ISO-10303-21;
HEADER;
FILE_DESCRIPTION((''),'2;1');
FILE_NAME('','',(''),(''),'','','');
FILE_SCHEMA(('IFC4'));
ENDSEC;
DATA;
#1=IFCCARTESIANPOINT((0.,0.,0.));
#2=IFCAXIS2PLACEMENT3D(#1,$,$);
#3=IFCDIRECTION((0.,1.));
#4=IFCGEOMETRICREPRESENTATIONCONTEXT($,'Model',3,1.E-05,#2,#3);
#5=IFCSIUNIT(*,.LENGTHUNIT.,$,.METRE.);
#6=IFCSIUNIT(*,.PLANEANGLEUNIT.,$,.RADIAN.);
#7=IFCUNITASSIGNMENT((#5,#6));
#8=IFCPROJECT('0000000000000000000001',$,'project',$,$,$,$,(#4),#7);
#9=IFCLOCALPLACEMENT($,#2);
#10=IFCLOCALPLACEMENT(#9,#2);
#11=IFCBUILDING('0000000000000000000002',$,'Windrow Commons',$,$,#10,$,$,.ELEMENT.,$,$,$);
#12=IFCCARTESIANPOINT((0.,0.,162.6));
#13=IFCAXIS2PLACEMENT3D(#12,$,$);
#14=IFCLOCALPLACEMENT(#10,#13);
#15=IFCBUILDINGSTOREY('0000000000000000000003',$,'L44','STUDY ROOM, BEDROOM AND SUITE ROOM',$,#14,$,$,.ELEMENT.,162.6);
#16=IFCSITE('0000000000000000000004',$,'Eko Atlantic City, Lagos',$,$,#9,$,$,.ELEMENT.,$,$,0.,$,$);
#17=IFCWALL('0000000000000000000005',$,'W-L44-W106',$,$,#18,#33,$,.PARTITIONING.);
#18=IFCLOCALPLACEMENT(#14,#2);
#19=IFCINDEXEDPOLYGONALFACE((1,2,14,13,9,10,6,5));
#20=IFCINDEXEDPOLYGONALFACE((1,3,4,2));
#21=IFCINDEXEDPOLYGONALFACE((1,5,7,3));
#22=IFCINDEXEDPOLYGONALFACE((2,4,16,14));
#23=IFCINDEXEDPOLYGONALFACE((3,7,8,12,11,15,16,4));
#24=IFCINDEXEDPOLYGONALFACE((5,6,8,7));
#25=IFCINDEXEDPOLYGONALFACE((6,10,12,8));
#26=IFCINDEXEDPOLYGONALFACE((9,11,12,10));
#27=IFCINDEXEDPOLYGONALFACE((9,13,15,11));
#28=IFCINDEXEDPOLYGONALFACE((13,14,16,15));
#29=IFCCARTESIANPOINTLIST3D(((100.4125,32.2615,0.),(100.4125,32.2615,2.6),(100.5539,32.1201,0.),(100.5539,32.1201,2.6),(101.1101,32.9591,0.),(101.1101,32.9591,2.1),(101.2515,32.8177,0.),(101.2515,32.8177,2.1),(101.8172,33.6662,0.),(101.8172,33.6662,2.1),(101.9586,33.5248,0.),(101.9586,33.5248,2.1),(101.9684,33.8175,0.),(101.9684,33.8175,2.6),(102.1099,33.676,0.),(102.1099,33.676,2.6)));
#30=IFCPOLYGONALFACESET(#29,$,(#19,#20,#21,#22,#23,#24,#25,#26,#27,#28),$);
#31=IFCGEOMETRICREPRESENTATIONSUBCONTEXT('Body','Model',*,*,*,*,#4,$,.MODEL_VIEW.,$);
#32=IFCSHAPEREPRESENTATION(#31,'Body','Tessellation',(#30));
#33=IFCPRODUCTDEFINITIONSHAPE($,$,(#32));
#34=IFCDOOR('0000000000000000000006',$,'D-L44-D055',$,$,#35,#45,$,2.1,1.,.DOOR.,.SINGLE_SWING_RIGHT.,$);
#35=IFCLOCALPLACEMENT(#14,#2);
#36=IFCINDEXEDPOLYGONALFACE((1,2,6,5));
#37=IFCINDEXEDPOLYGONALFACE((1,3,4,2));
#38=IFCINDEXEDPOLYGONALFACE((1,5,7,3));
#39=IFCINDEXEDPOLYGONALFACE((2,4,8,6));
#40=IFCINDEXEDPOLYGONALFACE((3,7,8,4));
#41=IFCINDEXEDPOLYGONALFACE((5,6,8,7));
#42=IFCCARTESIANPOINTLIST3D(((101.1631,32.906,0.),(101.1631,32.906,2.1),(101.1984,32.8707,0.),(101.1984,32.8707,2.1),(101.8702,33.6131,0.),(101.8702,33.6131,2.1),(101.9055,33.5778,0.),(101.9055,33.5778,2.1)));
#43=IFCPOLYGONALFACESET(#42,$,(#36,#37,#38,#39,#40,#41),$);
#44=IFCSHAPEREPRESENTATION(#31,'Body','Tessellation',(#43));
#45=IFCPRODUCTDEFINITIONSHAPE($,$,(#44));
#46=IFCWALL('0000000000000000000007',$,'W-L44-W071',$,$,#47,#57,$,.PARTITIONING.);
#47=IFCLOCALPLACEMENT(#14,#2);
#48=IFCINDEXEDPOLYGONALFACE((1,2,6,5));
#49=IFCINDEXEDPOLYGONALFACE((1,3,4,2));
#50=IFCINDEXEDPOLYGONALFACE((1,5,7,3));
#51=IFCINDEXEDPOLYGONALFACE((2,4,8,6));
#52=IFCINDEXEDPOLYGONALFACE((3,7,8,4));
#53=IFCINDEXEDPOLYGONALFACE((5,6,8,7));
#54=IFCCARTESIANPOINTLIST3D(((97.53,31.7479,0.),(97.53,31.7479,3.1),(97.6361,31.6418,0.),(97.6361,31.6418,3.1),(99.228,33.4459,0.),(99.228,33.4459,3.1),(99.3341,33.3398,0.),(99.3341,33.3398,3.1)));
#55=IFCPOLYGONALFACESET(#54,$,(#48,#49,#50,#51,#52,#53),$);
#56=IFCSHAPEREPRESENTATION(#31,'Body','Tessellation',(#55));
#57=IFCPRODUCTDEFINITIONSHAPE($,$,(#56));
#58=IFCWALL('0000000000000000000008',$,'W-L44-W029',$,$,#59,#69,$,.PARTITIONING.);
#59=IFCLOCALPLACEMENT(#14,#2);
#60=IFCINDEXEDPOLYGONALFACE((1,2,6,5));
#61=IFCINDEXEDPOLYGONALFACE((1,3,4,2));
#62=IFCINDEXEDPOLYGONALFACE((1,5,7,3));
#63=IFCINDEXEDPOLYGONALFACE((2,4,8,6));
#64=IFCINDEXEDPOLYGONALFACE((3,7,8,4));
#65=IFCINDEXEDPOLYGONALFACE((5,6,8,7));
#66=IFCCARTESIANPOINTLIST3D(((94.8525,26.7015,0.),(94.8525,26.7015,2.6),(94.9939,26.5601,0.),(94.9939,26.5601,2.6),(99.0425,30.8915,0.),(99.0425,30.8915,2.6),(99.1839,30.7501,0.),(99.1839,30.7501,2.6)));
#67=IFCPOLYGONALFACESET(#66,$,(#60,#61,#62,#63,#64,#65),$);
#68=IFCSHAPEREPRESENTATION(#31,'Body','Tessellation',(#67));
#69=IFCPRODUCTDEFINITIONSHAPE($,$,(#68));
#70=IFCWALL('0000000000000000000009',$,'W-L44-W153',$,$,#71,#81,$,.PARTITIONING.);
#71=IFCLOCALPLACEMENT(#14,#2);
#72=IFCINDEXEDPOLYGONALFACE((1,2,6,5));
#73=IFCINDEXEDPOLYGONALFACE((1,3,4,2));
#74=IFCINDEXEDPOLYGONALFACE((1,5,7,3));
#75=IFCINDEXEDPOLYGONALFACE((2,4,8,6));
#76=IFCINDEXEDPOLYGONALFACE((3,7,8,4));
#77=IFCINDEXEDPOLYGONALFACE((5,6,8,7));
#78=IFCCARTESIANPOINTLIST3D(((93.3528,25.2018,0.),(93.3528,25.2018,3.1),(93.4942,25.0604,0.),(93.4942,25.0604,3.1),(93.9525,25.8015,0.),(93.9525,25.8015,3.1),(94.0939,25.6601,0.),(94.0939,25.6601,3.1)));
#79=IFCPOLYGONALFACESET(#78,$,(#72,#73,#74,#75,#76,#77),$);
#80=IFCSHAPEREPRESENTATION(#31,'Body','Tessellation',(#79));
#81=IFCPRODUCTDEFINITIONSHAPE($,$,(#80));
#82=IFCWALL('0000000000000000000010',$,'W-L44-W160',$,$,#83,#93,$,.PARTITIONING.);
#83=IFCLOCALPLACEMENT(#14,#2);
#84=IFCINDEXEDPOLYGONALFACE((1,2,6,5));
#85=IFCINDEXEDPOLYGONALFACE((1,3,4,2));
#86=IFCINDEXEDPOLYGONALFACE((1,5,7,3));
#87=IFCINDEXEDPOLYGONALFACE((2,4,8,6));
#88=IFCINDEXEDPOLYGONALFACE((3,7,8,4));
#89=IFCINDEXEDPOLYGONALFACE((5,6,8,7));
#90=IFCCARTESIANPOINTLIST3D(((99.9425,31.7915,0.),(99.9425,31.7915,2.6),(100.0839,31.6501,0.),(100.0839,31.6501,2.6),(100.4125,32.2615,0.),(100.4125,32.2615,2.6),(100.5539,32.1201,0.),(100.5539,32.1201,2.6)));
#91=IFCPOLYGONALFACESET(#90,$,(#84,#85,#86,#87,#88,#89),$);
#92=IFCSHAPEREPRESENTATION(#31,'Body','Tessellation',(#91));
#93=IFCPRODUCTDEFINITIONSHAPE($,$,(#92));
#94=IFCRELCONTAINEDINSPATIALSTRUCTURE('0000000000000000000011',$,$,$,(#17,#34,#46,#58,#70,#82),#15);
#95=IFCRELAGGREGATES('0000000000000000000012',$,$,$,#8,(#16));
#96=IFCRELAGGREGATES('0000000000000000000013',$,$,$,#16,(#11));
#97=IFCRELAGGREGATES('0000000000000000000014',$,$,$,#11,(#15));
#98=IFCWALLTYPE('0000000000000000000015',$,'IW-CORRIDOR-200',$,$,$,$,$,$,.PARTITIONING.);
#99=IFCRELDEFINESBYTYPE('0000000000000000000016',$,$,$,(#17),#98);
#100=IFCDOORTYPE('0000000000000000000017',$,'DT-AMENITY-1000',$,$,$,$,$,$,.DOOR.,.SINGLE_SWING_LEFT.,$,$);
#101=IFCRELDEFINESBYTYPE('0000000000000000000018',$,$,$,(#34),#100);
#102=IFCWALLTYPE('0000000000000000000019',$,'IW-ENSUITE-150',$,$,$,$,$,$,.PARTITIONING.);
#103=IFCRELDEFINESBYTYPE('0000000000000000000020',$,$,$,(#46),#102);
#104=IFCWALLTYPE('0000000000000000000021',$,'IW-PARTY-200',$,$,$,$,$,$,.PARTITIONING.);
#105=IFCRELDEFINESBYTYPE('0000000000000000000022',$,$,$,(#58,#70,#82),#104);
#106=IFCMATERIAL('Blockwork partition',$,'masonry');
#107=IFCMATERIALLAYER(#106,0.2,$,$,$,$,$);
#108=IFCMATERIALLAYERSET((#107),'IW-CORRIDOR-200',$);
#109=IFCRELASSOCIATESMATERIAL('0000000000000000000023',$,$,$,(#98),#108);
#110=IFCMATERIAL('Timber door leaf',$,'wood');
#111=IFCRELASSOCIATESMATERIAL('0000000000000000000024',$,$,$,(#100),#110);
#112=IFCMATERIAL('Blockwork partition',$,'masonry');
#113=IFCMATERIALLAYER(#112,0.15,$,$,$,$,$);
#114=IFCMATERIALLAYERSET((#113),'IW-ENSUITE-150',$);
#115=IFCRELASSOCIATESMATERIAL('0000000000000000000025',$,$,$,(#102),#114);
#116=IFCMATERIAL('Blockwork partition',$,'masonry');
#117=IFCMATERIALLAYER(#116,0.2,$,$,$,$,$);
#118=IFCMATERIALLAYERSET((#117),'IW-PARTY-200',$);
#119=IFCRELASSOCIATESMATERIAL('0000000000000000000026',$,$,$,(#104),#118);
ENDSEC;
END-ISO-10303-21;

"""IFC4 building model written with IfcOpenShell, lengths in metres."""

from ifc_helpers import new_model, si_unit, direction, frame, frame_2d, origin, place, context, subcontext, project, spatial, rectangle, extrude, material, layer, layer_set, type_object, element, fill, save


model = new_model("IFC4")

# Units and contexts
model_context = context("Model", 3, precision=1e-05, world=origin(), true_north=direction((0.0, 1.0)))
body_context = subcontext(model_context, "Body", "Model", "MODEL_VIEW")
ifc_project = project(units=[si_unit("LENGTHUNIT", "METRE"), si_unit("PLANEANGLEUNIT", "RADIAN")], contexts=[model_context])

# Site, building, storey
site_placement = place(None, origin())
site = spatial("IfcSite", under=ifc_project, at=site_placement, Name="Eko Atlantic City, Lagos", CompositionType="ELEMENT", RefElevation=0.0)
building_placement = place(site_placement, origin())
building = spatial("IfcBuilding", under=site, at=building_placement, Name="Windrow Commons", CompositionType="ELEMENT")
storey_placement = place(building_placement, frame((0.0, 0.0, 162.6)))
storey = spatial("IfcBuildingStorey", under=building, at=storey_placement, Name="L44", Description="STUDY ROOM, BEDROOM AND SUITE ROOM", CompositionType="ELEMENT", Elevation=162.6)

# Wall, opening, door
ifc_material_1 = material(Name="Blockwork partition", Category="masonry")
ifc_layer_1 = layer(ifc_material_1, 0.2)
ifc_layer_set_1 = layer_set([ifc_layer_1], Name="IW-CORRIDOR-200")
wall_type_1 = type_object("IfcWallType", Name="IW-CORRIDOR-200", PredefinedType="PARTITIONING", material=ifc_layer_set_1)
wall_1_placement = place(storey_placement, frame((100.4832, 32.1908, 0.0), z_axis=(0.0, 0.0, 1.0), x_axis=(0.707107, 0.707107, 0.0)))
wall_1 = element("IfcWall", 1, at=wall_1_placement, inside=storey, type_object=wall_type_1, Name="W-L44-W106", PredefinedType="PARTITIONING", context=body_context, shape_type="SweptSolid", body=[
    extrude(rectangle(XDim=2.2005, YDim=0.2, at=frame_2d((1.1002, 0.0))), origin(), (0.0, 0.0, 1.0), 2.6),
])
opening_1_placement = place(wall_1_placement, frame((0.9865, 0.0, 0.0)))
opening_1 = element("IfcOpeningElement", 2, at=opening_1_placement, cuts=wall_1, PredefinedType="OPENING", context=body_context, shape_type="SweptSolid", body=[
    extrude(rectangle(XDim=1.0, YDim=2.1, at=frame_2d((0.5, 1.05))), frame((0.0, 0.11, 0.0), z_axis=(0.0, -1.0, 0.0), x_axis=(1.0, 0.0, 0.0)), (0.0, 0.0, 1.0), 0.22),
])
ifc_material_2 = material(Name="Timber door leaf", Category="wood")
door_type = type_object("IfcDoorType", Name="DT-AMENITY-1000", OperationType="SINGLE_SWING_LEFT", PredefinedType="DOOR", material=ifc_material_2)
door_placement = place(opening_1_placement, origin())
door = element("IfcDoor", 3, at=door_placement, inside=storey, type_object=door_type, Name="D-L44-D055", OperationType="SINGLE_SWING_RIGHT", OverallHeight=2.1, OverallWidth=1.0, PredefinedType="DOOR", context=body_context, shape_type="SweptSolid", body=[
    extrude(rectangle(XDim=1.0, YDim=2.1, at=frame_2d((0.5, 1.05))), frame((0.0, 0.025, 0.0), z_axis=(0.0, -1.0, 0.0), x_axis=(1.0, 0.0, 0.0)), (0.0, 0.0, 1.0), 0.05),
])
fill(opening_1, door)

# Walls
ifc_material_3 = material(Name="Blockwork partition", Category="masonry")
ifc_layer_2 = layer(ifc_material_3, 0.15)
ifc_layer_set_2 = layer_set([ifc_layer_2], Name="IW-ENSUITE-150")
wall_type_2 = type_object("IfcWallType", Name="IW-ENSUITE-150", PredefinedType="PARTITIONING", material=ifc_layer_set_2)
wall_2_placement = place(storey_placement, frame((97.5831, 31.6949, 0.0), z_axis=(0.0, 0.0, 1.0), x_axis=(0.707107, 0.707107, 0.0)))
element("IfcWall", 4, at=wall_2_placement, inside=storey, type_object=wall_type_2, Name="W-L44-W071", PredefinedType="PARTITIONING", context=body_context, shape_type="SweptSolid", body=[
    extrude(rectangle(XDim=2.4013, YDim=0.15, at=frame_2d((1.2006, 0.0))), origin(), (0.0, 0.0, 1.0), 3.1),
])
ifc_material_4 = material(Name="Blockwork partition", Category="masonry")
ifc_layer_3 = layer(ifc_material_4, 0.2)
ifc_layer_set_3 = layer_set([ifc_layer_3], Name="IW-PARTY-200")
wall_type_3 = type_object("IfcWallType", Name="IW-PARTY-200", PredefinedType="PARTITIONING", material=ifc_layer_set_3)
wall_3_placement = place(storey_placement, frame((94.9232, 26.6308, 0.0), z_axis=(0.0, 0.0, 1.0), x_axis=(0.707107, 0.707107, 0.0)))
element("IfcWall", 5, at=wall_3_placement, inside=storey, type_object=wall_type_3, Name="W-L44-W029", PredefinedType="PARTITIONING", context=body_context, shape_type="SweptSolid", body=[
    extrude(rectangle(XDim=5.9256, YDim=0.2, at=frame_2d((2.9628, 0.0))), origin(), (0.0, 0.0, 1.0), 2.6),
])
wall_4_placement = place(storey_placement, frame((93.4235, 25.1311, 0.0), z_axis=(0.0, 0.0, 1.0), x_axis=(0.707107, 0.707107, 0.0)))
element("IfcWall", 6, at=wall_4_placement, inside=storey, type_object=wall_type_3, Name="W-L44-W153", PredefinedType="PARTITIONING", context=body_context, shape_type="SweptSolid", body=[
    extrude(rectangle(XDim=0.8481, YDim=0.2, at=frame_2d((0.424, 0.0))), origin(), (0.0, 0.0, 1.0), 3.1),
])
wall_5_placement = place(storey_placement, frame((100.0132, 31.7208, 0.0), z_axis=(0.0, 0.0, 1.0), x_axis=(0.707107, 0.707107, 0.0)))
element("IfcWall", 7, at=wall_5_placement, inside=storey, type_object=wall_type_3, Name="W-L44-W160", PredefinedType="PARTITIONING", context=body_context, shape_type="SweptSolid", body=[
    extrude(rectangle(XDim=0.6647, YDim=0.2, at=frame_2d((0.3323, 0.0))), origin(), (0.0, 0.0, 1.0), 2.6),
])

save(model, "model.ifc")
